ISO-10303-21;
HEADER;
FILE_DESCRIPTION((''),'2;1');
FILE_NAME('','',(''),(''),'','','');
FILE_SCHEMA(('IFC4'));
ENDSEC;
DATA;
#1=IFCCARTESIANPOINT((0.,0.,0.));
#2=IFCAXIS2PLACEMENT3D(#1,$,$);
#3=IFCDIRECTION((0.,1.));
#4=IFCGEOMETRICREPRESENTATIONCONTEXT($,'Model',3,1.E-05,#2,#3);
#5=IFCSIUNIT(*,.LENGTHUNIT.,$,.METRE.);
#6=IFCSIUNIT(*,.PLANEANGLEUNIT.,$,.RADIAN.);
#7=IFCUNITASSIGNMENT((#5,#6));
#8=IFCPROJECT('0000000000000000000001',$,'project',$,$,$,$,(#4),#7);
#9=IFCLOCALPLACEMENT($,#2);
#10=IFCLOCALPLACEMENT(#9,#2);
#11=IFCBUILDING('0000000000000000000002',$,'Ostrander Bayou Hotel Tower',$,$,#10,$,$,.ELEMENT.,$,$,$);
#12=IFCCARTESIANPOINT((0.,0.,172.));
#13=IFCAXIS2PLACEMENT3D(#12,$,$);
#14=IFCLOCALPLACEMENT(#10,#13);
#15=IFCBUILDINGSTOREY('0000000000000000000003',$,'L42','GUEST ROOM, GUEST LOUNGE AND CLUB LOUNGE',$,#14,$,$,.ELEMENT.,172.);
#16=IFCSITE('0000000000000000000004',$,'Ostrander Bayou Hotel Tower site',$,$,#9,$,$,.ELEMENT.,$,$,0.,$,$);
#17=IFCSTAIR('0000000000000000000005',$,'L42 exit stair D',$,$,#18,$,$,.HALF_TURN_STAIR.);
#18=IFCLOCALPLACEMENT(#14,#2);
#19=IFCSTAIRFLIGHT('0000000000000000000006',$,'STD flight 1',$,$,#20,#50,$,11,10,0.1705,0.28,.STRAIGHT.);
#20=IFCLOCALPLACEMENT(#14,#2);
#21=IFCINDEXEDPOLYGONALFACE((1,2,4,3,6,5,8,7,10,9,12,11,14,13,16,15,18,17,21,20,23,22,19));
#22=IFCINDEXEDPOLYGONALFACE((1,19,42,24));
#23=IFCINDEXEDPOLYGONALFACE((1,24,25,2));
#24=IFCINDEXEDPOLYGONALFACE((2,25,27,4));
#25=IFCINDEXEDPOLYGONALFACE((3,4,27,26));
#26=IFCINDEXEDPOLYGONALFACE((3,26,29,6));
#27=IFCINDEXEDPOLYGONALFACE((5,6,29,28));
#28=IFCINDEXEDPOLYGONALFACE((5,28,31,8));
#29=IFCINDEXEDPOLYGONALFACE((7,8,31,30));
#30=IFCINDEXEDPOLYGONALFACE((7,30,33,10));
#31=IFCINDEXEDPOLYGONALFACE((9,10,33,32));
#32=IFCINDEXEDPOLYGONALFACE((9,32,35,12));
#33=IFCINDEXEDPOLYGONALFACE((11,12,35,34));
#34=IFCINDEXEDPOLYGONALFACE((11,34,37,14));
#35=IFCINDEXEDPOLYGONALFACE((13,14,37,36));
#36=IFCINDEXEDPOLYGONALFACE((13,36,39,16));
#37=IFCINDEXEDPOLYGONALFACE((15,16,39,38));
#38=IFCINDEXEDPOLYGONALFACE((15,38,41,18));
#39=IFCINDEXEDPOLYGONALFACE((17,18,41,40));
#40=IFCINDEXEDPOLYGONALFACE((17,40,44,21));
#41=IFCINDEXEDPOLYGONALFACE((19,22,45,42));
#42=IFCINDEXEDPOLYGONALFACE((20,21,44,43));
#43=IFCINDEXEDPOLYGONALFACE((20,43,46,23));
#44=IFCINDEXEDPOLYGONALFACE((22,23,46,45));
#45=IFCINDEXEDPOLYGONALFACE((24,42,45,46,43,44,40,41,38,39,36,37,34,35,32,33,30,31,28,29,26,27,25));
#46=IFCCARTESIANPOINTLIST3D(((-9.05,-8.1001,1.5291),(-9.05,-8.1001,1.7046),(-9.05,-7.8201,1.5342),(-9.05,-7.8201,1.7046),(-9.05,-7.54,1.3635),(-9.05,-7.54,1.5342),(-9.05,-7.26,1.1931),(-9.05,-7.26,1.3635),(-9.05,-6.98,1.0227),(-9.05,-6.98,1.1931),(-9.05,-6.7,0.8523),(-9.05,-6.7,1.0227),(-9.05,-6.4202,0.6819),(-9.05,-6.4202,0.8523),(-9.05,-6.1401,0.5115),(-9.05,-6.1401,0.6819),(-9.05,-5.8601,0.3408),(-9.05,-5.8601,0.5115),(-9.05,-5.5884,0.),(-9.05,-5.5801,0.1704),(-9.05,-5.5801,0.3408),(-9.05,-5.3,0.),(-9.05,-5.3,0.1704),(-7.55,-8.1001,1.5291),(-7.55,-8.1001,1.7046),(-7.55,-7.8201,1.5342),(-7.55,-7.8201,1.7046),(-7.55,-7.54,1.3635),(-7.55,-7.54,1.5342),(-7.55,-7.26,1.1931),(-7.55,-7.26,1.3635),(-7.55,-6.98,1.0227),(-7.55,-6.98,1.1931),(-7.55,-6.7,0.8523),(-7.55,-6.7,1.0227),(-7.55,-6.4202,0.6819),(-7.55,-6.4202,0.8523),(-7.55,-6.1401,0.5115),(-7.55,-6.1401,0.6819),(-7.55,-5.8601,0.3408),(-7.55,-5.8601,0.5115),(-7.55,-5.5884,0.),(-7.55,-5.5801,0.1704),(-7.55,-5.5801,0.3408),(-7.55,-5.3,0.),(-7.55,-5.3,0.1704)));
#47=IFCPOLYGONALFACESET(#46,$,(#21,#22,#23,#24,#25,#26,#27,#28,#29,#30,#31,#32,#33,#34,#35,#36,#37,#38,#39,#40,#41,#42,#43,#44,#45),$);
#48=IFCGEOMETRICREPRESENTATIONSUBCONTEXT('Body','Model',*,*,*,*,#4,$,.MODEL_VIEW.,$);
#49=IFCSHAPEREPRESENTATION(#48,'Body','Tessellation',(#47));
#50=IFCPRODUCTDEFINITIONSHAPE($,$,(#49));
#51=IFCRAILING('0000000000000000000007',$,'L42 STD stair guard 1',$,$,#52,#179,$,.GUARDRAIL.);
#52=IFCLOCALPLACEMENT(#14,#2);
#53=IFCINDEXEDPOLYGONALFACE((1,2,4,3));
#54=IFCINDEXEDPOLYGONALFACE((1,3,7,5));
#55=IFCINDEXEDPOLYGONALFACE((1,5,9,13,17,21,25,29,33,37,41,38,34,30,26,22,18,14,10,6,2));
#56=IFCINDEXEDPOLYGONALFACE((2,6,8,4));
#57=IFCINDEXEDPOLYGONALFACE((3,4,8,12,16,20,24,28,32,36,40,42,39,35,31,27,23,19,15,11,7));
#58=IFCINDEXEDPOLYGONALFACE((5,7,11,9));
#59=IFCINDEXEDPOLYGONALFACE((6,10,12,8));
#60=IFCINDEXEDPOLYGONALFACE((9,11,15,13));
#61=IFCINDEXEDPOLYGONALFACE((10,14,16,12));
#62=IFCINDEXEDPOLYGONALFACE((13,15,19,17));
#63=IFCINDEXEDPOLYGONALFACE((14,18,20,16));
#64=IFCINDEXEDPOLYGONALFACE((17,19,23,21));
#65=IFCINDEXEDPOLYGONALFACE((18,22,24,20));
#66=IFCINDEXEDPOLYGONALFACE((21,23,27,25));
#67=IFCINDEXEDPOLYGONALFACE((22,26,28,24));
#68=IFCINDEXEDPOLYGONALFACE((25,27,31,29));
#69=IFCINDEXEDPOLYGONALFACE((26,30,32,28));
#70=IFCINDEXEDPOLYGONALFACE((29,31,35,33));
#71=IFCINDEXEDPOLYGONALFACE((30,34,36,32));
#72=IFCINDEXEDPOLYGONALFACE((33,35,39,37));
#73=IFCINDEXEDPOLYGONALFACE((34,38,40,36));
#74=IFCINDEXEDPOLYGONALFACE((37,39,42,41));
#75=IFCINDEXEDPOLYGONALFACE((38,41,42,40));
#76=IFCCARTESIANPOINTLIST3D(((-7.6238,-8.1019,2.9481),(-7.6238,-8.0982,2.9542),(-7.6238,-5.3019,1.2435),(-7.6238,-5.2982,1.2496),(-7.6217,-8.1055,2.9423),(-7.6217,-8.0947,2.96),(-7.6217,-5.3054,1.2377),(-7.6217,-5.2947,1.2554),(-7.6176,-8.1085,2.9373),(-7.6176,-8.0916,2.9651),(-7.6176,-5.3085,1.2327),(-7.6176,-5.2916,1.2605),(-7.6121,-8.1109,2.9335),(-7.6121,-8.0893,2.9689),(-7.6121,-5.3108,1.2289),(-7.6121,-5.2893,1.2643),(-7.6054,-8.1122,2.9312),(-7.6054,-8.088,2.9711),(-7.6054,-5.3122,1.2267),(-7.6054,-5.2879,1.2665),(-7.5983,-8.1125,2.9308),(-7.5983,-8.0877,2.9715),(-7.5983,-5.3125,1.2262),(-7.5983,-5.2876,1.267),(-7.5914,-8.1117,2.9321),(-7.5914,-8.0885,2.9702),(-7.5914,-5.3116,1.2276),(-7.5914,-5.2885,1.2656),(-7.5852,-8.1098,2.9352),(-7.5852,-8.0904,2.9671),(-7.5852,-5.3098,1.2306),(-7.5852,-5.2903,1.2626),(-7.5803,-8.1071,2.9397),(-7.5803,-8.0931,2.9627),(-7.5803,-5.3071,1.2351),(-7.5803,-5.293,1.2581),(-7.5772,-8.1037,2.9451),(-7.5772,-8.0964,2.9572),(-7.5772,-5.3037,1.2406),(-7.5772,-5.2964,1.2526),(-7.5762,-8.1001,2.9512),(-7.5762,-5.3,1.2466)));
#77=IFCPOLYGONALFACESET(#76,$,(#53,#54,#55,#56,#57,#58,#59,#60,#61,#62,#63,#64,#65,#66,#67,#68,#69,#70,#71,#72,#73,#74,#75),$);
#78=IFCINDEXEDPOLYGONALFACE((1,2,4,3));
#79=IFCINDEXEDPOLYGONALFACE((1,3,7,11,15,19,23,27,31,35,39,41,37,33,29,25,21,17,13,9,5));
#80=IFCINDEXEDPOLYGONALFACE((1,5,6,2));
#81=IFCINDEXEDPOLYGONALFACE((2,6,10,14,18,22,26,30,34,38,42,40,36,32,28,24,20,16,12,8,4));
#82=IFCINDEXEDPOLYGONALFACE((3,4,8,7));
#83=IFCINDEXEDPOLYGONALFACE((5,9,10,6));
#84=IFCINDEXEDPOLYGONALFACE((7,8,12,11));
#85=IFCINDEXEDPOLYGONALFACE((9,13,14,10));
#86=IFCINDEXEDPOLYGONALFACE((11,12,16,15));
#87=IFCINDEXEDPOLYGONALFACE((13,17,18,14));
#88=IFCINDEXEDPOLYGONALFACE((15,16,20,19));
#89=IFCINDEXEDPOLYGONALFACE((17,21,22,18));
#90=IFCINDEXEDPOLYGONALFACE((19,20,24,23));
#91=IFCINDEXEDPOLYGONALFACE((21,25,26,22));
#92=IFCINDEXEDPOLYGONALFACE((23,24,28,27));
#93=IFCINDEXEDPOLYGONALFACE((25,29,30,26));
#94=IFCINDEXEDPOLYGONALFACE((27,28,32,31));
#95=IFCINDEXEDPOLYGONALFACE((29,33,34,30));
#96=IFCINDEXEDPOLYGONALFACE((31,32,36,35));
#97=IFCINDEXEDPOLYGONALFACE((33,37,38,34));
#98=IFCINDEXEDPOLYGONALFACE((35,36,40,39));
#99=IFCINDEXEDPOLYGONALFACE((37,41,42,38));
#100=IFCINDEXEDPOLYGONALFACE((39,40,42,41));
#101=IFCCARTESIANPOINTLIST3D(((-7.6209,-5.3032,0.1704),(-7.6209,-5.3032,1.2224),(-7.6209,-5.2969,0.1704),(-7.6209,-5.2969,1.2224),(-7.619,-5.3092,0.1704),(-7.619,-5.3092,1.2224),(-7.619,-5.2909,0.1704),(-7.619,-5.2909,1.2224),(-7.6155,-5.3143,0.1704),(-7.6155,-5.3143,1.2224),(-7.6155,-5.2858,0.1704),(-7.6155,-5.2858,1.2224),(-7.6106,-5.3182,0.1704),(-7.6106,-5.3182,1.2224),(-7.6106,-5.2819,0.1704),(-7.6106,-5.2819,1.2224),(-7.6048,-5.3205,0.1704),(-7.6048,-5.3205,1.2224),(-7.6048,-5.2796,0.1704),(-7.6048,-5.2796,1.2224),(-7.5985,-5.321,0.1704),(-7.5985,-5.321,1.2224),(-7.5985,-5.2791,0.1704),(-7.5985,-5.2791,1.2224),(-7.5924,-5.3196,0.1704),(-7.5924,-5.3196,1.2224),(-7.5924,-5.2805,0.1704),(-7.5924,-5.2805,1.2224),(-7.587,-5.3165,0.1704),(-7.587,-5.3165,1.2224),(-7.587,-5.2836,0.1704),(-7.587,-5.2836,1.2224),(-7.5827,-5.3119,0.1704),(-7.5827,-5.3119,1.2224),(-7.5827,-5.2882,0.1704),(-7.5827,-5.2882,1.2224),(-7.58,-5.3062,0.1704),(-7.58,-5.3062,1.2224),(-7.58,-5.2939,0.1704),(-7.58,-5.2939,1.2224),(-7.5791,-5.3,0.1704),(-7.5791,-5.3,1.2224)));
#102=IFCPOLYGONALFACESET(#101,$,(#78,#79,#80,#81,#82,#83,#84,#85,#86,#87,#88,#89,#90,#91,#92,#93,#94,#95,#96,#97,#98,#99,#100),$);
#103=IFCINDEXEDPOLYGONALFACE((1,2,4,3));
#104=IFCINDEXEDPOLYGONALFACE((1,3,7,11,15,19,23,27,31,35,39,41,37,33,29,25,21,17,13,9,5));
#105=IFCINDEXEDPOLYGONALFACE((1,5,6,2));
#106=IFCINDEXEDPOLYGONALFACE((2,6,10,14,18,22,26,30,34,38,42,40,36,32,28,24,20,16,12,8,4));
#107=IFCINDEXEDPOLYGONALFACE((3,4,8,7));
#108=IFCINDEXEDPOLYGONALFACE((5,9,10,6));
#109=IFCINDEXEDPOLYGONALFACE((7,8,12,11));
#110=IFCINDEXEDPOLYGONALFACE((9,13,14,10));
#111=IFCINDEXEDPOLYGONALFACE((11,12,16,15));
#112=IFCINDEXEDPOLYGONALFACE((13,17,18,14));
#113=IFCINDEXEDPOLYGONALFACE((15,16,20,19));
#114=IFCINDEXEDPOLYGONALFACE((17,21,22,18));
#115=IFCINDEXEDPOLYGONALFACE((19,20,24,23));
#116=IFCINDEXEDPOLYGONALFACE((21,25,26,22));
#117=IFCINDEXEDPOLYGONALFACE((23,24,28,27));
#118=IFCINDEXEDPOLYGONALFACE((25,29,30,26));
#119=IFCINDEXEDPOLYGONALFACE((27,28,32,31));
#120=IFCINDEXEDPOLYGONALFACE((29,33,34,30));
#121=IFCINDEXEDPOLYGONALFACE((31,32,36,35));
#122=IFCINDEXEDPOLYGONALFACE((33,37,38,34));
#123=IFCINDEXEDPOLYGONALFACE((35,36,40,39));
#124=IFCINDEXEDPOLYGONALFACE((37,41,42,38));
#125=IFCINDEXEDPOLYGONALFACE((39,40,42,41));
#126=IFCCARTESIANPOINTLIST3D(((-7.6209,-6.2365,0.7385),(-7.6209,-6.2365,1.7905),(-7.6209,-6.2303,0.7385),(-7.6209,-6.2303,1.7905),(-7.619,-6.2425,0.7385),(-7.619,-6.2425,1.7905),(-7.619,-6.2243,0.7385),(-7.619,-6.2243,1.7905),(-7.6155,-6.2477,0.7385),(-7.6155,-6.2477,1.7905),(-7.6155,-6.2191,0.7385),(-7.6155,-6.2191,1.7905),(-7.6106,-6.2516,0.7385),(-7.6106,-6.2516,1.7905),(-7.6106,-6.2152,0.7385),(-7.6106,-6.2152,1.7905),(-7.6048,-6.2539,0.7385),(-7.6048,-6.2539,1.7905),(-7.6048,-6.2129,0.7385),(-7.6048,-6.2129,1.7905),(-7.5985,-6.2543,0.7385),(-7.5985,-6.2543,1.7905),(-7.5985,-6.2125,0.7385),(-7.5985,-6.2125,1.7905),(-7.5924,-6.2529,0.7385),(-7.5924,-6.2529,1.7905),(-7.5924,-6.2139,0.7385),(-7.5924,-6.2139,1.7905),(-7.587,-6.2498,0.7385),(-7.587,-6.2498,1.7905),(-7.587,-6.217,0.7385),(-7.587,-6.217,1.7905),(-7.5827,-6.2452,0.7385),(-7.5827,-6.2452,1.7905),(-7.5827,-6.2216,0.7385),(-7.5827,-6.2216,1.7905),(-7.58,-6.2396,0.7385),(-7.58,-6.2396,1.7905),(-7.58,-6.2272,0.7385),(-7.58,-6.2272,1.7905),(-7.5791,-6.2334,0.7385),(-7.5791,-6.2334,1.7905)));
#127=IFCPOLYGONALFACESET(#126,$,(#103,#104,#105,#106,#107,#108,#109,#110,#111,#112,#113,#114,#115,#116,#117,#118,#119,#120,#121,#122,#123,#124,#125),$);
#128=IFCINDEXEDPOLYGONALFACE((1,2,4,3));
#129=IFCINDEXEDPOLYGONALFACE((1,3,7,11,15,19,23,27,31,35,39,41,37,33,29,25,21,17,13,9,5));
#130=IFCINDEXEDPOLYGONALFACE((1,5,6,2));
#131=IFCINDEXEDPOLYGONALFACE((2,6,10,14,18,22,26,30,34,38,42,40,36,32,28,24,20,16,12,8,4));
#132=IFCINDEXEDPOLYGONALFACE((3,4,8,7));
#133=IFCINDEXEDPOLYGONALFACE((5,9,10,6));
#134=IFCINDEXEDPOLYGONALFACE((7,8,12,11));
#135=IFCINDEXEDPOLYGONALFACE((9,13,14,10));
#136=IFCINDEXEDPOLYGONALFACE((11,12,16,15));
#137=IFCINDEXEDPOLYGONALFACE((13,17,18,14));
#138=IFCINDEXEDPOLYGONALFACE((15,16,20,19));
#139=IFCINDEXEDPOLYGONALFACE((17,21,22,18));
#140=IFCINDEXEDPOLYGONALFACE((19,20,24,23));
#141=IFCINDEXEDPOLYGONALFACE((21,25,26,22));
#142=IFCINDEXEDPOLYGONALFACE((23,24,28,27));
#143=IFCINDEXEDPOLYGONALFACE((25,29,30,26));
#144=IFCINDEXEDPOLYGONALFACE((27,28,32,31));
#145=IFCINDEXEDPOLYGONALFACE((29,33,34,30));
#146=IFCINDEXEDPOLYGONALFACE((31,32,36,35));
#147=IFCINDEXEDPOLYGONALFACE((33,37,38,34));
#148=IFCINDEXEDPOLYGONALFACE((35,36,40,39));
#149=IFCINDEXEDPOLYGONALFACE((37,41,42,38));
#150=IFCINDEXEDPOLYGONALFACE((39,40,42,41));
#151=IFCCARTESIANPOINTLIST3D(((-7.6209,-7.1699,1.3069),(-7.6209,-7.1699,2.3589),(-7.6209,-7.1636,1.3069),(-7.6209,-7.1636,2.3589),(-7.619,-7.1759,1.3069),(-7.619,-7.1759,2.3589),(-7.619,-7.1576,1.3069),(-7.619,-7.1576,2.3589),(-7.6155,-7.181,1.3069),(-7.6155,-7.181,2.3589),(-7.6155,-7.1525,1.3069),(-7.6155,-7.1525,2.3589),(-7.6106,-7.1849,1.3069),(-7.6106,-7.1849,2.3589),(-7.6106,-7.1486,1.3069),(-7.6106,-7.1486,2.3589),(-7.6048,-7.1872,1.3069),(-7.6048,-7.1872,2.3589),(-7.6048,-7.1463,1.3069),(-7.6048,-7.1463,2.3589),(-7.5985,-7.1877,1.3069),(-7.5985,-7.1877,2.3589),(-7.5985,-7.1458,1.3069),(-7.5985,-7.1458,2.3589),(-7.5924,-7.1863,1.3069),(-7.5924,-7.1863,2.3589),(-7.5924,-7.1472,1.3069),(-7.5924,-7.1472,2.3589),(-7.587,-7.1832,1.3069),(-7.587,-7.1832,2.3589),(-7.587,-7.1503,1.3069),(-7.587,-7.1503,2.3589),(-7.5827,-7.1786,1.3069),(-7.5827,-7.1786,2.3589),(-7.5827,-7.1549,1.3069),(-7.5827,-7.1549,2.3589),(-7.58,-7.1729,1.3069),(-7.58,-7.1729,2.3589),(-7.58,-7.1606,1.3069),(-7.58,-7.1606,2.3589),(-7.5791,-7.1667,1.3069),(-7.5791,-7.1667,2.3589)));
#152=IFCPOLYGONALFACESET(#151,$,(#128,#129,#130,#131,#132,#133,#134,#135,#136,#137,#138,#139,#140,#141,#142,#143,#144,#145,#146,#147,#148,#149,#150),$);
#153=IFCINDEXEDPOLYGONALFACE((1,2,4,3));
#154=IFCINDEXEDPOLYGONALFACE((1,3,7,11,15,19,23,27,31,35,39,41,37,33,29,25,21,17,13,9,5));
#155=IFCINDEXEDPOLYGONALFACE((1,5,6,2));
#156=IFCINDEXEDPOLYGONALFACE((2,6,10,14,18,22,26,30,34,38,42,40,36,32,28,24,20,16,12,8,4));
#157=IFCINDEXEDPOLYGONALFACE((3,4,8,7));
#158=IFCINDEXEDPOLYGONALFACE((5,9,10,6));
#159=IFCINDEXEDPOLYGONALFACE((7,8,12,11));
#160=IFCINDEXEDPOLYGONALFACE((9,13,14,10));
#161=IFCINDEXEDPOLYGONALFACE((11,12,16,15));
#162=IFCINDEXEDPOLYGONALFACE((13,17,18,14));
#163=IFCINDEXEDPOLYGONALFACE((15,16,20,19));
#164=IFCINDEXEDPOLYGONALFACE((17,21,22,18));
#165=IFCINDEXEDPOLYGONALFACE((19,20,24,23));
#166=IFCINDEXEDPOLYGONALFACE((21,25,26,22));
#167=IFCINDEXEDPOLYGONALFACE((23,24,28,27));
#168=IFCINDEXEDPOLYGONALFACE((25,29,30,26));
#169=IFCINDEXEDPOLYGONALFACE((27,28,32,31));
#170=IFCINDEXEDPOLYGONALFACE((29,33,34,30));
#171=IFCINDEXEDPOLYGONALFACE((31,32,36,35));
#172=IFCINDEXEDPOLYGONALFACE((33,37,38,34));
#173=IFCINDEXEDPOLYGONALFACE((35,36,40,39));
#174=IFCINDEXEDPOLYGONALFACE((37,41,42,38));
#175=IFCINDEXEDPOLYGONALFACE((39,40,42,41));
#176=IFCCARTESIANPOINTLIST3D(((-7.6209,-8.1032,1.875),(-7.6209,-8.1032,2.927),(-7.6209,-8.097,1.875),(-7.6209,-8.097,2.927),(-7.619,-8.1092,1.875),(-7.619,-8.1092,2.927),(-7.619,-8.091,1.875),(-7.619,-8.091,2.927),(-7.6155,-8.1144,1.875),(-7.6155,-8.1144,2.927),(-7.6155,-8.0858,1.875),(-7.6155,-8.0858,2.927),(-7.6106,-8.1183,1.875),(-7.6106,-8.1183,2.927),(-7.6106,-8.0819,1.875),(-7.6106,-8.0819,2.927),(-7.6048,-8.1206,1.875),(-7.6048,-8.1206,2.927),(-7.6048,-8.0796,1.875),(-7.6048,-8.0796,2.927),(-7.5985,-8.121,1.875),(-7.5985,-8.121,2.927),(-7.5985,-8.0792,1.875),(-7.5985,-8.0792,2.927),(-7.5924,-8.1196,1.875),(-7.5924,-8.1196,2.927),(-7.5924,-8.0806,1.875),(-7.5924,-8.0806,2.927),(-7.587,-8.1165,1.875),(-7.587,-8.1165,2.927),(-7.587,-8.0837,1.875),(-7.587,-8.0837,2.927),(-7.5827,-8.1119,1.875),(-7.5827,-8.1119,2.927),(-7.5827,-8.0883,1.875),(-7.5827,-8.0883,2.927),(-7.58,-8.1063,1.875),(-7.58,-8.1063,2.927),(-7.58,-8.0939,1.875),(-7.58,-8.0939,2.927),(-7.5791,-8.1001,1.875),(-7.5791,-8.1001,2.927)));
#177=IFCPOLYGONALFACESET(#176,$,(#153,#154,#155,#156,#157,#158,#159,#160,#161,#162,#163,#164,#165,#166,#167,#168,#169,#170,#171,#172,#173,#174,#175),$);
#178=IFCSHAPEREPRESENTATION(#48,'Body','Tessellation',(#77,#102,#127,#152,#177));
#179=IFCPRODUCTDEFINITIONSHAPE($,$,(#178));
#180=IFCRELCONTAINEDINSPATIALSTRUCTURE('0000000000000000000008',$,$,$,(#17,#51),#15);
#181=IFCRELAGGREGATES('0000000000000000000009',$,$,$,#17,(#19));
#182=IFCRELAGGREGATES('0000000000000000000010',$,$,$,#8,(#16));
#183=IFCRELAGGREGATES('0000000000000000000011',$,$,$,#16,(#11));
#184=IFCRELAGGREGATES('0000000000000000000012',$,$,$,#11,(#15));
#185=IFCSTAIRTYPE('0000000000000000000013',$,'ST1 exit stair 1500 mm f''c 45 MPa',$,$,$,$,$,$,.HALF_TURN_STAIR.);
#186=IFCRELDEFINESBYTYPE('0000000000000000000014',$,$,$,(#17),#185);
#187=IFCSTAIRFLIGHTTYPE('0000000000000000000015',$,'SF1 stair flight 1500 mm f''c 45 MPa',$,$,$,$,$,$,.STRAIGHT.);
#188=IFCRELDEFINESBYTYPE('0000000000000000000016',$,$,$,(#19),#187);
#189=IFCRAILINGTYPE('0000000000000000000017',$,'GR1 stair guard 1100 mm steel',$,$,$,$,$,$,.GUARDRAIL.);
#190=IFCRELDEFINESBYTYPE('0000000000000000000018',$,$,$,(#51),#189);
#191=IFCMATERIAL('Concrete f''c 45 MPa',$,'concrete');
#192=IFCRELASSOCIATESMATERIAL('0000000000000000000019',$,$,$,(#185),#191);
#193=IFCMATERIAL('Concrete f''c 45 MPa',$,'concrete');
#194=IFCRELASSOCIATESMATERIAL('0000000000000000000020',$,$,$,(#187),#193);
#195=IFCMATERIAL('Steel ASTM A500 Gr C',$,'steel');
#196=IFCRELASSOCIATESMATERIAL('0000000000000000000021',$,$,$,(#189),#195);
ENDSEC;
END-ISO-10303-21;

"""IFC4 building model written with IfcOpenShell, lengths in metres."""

from ifc_helpers import new_model, si_unit, direction, frame, origin, origin_2d, place, context, subcontext, project, spatial, polyline, circle, outline, extrude, material, type_object, element, aggregate, save


model = new_model("IFC4")

# Units and contexts
model_context = context("Model", 3, precision=1e-05, world=origin(), true_north=direction((0.0, 1.0)))
body_context = subcontext(model_context, "Body", "Model", "MODEL_VIEW")
ifc_project = project(units=[si_unit("LENGTHUNIT", "METRE"), si_unit("PLANEANGLEUNIT", "RADIAN")], contexts=[model_context])

# Site, building, storey
site_placement = place(None, origin())
site = spatial("IfcSite", under=ifc_project, at=site_placement, Name="Ostrander Bayou Hotel Tower site", CompositionType="ELEMENT", RefElevation=0.0)
building_placement = place(site_placement, origin())
building = spatial("IfcBuilding", under=site, at=building_placement, Name="Ostrander Bayou Hotel Tower", CompositionType="ELEMENT")
storey_placement = place(building_placement, frame((0.0, 0.0, 172.0)))
storey = spatial("IfcBuildingStorey", under=building, at=storey_placement, Name="L42", Description="GUEST ROOM, GUEST LOUNGE AND CLUB LOUNGE", CompositionType="ELEMENT", Elevation=172.0)

# Stair, stair flight
ifc_material_1 = material(Name="Concrete f'c 45 MPa", Category="concrete")
stair_type = type_object("IfcStairType", Name="ST1 exit stair 1500 mm f'c 45 MPa", PredefinedType="HALF_TURN_STAIR", material=ifc_material_1)
stair_placement = place(storey_placement, origin())
stair = element("IfcStair", 1, at=stair_placement, inside=storey, type_object=stair_type, Name="L42 exit stair D", PredefinedType="HALF_TURN_STAIR")
ifc_material_2 = material(Name="Concrete f'c 45 MPa", Category="concrete")
stair_flight_type = type_object("IfcStairFlightType", Name="SF1 stair flight 1500 mm f'c 45 MPa", PredefinedType="STRAIGHT", material=ifc_material_2)
stair_flight_placement = place(storey_placement, frame((-8.3, -5.3, 0.0), z_axis=(0.0, 0.0, 1.0), x_axis=(0.0, -1.0, 0.0)))
stair_flight = element("IfcStairFlight", 2, at=stair_flight_placement, type_object=stair_flight_type, Name="STD flight 1", NumberOfRisers=11, NumberOfTreads=10, PredefinedType="STRAIGHT", RiserHeight=0.1705, TreadLength=0.28, context=body_context, shape_type="SweptSolid", body=[
    extrude(outline(polyline([(0.0, 0.0), (0.0, 0.1704), (0.28, 0.1704), (0.28, 0.3408), (0.5601, 0.3408), (0.5601, 0.5115), (0.8401, 0.5115), (0.8401, 0.6819), (1.1201, 0.6819), (1.1201, 0.8523), (1.3999, 0.8523), (1.3999, 1.0227), (1.6799, 1.0227), (1.6799, 1.1931), (1.96, 1.1931), (1.96, 1.3635), (2.24, 1.3635), (2.24, 1.5342), (2.52, 1.5342), (2.52, 1.7046), (2.8, 1.7046), (2.8, 1.875), (2.8, 1.5291), (0.2883, 0.0), (0.0, 0.0)])), frame((0.0, 0.75, 0.0), z_axis=(0.0, -1.0, 0.0), x_axis=(1.0, 0.0, 0.0)), (0.0, 0.0, 1.0), 1.5),
])
aggregate(stair, [stair_flight])

# Railing
ifc_material_3 = material(Name="Steel ASTM A500 Gr C", Category="steel")
railing_type_1 = type_object("IfcRailingType", Name="GR1 stair guard 1100 mm steel", PredefinedType="GUARDRAIL", material=ifc_material_3)
railing_1_placement = place(storey_placement, frame((-7.6001, -5.3, 0.1704)))
element("IfcRailing", 3, at=railing_1_placement, inside=storey, type_object=railing_type_1, Name="L42 STD stair guard 1", PredefinedType="GUARDRAIL", context=body_context, shape_type="SweptSolid", body=[
    extrude(circle(Radius=0.0239, at=origin_2d()), frame((0.0, 0.0, 1.0762), z_axis=(0.0, -0.85417, 0.519994), x_axis=(1.0, 0.0, 0.0)), (0.0, 0.0, 1.0), 3.2781),
    extrude(circle(Radius=0.021, at=origin_2d()), origin(), (0.0, 0.0, 1.0), 1.052),
    extrude(circle(Radius=0.021, at=origin_2d()), frame((0.0, -0.9333, 0.5681)), (0.0, 0.0, 1.0), 1.052),
    extrude(circle(Radius=0.021, at=origin_2d()), frame((0.0, -1.8667, 1.1365)), (0.0, 0.0, 1.0), 1.052),
    extrude(circle(Radius=0.021, at=origin_2d()), frame((0.0, -2.8, 1.7046)), (0.0, 0.0, 1.0), 1.052),
])

save(model, "model.ifc")
